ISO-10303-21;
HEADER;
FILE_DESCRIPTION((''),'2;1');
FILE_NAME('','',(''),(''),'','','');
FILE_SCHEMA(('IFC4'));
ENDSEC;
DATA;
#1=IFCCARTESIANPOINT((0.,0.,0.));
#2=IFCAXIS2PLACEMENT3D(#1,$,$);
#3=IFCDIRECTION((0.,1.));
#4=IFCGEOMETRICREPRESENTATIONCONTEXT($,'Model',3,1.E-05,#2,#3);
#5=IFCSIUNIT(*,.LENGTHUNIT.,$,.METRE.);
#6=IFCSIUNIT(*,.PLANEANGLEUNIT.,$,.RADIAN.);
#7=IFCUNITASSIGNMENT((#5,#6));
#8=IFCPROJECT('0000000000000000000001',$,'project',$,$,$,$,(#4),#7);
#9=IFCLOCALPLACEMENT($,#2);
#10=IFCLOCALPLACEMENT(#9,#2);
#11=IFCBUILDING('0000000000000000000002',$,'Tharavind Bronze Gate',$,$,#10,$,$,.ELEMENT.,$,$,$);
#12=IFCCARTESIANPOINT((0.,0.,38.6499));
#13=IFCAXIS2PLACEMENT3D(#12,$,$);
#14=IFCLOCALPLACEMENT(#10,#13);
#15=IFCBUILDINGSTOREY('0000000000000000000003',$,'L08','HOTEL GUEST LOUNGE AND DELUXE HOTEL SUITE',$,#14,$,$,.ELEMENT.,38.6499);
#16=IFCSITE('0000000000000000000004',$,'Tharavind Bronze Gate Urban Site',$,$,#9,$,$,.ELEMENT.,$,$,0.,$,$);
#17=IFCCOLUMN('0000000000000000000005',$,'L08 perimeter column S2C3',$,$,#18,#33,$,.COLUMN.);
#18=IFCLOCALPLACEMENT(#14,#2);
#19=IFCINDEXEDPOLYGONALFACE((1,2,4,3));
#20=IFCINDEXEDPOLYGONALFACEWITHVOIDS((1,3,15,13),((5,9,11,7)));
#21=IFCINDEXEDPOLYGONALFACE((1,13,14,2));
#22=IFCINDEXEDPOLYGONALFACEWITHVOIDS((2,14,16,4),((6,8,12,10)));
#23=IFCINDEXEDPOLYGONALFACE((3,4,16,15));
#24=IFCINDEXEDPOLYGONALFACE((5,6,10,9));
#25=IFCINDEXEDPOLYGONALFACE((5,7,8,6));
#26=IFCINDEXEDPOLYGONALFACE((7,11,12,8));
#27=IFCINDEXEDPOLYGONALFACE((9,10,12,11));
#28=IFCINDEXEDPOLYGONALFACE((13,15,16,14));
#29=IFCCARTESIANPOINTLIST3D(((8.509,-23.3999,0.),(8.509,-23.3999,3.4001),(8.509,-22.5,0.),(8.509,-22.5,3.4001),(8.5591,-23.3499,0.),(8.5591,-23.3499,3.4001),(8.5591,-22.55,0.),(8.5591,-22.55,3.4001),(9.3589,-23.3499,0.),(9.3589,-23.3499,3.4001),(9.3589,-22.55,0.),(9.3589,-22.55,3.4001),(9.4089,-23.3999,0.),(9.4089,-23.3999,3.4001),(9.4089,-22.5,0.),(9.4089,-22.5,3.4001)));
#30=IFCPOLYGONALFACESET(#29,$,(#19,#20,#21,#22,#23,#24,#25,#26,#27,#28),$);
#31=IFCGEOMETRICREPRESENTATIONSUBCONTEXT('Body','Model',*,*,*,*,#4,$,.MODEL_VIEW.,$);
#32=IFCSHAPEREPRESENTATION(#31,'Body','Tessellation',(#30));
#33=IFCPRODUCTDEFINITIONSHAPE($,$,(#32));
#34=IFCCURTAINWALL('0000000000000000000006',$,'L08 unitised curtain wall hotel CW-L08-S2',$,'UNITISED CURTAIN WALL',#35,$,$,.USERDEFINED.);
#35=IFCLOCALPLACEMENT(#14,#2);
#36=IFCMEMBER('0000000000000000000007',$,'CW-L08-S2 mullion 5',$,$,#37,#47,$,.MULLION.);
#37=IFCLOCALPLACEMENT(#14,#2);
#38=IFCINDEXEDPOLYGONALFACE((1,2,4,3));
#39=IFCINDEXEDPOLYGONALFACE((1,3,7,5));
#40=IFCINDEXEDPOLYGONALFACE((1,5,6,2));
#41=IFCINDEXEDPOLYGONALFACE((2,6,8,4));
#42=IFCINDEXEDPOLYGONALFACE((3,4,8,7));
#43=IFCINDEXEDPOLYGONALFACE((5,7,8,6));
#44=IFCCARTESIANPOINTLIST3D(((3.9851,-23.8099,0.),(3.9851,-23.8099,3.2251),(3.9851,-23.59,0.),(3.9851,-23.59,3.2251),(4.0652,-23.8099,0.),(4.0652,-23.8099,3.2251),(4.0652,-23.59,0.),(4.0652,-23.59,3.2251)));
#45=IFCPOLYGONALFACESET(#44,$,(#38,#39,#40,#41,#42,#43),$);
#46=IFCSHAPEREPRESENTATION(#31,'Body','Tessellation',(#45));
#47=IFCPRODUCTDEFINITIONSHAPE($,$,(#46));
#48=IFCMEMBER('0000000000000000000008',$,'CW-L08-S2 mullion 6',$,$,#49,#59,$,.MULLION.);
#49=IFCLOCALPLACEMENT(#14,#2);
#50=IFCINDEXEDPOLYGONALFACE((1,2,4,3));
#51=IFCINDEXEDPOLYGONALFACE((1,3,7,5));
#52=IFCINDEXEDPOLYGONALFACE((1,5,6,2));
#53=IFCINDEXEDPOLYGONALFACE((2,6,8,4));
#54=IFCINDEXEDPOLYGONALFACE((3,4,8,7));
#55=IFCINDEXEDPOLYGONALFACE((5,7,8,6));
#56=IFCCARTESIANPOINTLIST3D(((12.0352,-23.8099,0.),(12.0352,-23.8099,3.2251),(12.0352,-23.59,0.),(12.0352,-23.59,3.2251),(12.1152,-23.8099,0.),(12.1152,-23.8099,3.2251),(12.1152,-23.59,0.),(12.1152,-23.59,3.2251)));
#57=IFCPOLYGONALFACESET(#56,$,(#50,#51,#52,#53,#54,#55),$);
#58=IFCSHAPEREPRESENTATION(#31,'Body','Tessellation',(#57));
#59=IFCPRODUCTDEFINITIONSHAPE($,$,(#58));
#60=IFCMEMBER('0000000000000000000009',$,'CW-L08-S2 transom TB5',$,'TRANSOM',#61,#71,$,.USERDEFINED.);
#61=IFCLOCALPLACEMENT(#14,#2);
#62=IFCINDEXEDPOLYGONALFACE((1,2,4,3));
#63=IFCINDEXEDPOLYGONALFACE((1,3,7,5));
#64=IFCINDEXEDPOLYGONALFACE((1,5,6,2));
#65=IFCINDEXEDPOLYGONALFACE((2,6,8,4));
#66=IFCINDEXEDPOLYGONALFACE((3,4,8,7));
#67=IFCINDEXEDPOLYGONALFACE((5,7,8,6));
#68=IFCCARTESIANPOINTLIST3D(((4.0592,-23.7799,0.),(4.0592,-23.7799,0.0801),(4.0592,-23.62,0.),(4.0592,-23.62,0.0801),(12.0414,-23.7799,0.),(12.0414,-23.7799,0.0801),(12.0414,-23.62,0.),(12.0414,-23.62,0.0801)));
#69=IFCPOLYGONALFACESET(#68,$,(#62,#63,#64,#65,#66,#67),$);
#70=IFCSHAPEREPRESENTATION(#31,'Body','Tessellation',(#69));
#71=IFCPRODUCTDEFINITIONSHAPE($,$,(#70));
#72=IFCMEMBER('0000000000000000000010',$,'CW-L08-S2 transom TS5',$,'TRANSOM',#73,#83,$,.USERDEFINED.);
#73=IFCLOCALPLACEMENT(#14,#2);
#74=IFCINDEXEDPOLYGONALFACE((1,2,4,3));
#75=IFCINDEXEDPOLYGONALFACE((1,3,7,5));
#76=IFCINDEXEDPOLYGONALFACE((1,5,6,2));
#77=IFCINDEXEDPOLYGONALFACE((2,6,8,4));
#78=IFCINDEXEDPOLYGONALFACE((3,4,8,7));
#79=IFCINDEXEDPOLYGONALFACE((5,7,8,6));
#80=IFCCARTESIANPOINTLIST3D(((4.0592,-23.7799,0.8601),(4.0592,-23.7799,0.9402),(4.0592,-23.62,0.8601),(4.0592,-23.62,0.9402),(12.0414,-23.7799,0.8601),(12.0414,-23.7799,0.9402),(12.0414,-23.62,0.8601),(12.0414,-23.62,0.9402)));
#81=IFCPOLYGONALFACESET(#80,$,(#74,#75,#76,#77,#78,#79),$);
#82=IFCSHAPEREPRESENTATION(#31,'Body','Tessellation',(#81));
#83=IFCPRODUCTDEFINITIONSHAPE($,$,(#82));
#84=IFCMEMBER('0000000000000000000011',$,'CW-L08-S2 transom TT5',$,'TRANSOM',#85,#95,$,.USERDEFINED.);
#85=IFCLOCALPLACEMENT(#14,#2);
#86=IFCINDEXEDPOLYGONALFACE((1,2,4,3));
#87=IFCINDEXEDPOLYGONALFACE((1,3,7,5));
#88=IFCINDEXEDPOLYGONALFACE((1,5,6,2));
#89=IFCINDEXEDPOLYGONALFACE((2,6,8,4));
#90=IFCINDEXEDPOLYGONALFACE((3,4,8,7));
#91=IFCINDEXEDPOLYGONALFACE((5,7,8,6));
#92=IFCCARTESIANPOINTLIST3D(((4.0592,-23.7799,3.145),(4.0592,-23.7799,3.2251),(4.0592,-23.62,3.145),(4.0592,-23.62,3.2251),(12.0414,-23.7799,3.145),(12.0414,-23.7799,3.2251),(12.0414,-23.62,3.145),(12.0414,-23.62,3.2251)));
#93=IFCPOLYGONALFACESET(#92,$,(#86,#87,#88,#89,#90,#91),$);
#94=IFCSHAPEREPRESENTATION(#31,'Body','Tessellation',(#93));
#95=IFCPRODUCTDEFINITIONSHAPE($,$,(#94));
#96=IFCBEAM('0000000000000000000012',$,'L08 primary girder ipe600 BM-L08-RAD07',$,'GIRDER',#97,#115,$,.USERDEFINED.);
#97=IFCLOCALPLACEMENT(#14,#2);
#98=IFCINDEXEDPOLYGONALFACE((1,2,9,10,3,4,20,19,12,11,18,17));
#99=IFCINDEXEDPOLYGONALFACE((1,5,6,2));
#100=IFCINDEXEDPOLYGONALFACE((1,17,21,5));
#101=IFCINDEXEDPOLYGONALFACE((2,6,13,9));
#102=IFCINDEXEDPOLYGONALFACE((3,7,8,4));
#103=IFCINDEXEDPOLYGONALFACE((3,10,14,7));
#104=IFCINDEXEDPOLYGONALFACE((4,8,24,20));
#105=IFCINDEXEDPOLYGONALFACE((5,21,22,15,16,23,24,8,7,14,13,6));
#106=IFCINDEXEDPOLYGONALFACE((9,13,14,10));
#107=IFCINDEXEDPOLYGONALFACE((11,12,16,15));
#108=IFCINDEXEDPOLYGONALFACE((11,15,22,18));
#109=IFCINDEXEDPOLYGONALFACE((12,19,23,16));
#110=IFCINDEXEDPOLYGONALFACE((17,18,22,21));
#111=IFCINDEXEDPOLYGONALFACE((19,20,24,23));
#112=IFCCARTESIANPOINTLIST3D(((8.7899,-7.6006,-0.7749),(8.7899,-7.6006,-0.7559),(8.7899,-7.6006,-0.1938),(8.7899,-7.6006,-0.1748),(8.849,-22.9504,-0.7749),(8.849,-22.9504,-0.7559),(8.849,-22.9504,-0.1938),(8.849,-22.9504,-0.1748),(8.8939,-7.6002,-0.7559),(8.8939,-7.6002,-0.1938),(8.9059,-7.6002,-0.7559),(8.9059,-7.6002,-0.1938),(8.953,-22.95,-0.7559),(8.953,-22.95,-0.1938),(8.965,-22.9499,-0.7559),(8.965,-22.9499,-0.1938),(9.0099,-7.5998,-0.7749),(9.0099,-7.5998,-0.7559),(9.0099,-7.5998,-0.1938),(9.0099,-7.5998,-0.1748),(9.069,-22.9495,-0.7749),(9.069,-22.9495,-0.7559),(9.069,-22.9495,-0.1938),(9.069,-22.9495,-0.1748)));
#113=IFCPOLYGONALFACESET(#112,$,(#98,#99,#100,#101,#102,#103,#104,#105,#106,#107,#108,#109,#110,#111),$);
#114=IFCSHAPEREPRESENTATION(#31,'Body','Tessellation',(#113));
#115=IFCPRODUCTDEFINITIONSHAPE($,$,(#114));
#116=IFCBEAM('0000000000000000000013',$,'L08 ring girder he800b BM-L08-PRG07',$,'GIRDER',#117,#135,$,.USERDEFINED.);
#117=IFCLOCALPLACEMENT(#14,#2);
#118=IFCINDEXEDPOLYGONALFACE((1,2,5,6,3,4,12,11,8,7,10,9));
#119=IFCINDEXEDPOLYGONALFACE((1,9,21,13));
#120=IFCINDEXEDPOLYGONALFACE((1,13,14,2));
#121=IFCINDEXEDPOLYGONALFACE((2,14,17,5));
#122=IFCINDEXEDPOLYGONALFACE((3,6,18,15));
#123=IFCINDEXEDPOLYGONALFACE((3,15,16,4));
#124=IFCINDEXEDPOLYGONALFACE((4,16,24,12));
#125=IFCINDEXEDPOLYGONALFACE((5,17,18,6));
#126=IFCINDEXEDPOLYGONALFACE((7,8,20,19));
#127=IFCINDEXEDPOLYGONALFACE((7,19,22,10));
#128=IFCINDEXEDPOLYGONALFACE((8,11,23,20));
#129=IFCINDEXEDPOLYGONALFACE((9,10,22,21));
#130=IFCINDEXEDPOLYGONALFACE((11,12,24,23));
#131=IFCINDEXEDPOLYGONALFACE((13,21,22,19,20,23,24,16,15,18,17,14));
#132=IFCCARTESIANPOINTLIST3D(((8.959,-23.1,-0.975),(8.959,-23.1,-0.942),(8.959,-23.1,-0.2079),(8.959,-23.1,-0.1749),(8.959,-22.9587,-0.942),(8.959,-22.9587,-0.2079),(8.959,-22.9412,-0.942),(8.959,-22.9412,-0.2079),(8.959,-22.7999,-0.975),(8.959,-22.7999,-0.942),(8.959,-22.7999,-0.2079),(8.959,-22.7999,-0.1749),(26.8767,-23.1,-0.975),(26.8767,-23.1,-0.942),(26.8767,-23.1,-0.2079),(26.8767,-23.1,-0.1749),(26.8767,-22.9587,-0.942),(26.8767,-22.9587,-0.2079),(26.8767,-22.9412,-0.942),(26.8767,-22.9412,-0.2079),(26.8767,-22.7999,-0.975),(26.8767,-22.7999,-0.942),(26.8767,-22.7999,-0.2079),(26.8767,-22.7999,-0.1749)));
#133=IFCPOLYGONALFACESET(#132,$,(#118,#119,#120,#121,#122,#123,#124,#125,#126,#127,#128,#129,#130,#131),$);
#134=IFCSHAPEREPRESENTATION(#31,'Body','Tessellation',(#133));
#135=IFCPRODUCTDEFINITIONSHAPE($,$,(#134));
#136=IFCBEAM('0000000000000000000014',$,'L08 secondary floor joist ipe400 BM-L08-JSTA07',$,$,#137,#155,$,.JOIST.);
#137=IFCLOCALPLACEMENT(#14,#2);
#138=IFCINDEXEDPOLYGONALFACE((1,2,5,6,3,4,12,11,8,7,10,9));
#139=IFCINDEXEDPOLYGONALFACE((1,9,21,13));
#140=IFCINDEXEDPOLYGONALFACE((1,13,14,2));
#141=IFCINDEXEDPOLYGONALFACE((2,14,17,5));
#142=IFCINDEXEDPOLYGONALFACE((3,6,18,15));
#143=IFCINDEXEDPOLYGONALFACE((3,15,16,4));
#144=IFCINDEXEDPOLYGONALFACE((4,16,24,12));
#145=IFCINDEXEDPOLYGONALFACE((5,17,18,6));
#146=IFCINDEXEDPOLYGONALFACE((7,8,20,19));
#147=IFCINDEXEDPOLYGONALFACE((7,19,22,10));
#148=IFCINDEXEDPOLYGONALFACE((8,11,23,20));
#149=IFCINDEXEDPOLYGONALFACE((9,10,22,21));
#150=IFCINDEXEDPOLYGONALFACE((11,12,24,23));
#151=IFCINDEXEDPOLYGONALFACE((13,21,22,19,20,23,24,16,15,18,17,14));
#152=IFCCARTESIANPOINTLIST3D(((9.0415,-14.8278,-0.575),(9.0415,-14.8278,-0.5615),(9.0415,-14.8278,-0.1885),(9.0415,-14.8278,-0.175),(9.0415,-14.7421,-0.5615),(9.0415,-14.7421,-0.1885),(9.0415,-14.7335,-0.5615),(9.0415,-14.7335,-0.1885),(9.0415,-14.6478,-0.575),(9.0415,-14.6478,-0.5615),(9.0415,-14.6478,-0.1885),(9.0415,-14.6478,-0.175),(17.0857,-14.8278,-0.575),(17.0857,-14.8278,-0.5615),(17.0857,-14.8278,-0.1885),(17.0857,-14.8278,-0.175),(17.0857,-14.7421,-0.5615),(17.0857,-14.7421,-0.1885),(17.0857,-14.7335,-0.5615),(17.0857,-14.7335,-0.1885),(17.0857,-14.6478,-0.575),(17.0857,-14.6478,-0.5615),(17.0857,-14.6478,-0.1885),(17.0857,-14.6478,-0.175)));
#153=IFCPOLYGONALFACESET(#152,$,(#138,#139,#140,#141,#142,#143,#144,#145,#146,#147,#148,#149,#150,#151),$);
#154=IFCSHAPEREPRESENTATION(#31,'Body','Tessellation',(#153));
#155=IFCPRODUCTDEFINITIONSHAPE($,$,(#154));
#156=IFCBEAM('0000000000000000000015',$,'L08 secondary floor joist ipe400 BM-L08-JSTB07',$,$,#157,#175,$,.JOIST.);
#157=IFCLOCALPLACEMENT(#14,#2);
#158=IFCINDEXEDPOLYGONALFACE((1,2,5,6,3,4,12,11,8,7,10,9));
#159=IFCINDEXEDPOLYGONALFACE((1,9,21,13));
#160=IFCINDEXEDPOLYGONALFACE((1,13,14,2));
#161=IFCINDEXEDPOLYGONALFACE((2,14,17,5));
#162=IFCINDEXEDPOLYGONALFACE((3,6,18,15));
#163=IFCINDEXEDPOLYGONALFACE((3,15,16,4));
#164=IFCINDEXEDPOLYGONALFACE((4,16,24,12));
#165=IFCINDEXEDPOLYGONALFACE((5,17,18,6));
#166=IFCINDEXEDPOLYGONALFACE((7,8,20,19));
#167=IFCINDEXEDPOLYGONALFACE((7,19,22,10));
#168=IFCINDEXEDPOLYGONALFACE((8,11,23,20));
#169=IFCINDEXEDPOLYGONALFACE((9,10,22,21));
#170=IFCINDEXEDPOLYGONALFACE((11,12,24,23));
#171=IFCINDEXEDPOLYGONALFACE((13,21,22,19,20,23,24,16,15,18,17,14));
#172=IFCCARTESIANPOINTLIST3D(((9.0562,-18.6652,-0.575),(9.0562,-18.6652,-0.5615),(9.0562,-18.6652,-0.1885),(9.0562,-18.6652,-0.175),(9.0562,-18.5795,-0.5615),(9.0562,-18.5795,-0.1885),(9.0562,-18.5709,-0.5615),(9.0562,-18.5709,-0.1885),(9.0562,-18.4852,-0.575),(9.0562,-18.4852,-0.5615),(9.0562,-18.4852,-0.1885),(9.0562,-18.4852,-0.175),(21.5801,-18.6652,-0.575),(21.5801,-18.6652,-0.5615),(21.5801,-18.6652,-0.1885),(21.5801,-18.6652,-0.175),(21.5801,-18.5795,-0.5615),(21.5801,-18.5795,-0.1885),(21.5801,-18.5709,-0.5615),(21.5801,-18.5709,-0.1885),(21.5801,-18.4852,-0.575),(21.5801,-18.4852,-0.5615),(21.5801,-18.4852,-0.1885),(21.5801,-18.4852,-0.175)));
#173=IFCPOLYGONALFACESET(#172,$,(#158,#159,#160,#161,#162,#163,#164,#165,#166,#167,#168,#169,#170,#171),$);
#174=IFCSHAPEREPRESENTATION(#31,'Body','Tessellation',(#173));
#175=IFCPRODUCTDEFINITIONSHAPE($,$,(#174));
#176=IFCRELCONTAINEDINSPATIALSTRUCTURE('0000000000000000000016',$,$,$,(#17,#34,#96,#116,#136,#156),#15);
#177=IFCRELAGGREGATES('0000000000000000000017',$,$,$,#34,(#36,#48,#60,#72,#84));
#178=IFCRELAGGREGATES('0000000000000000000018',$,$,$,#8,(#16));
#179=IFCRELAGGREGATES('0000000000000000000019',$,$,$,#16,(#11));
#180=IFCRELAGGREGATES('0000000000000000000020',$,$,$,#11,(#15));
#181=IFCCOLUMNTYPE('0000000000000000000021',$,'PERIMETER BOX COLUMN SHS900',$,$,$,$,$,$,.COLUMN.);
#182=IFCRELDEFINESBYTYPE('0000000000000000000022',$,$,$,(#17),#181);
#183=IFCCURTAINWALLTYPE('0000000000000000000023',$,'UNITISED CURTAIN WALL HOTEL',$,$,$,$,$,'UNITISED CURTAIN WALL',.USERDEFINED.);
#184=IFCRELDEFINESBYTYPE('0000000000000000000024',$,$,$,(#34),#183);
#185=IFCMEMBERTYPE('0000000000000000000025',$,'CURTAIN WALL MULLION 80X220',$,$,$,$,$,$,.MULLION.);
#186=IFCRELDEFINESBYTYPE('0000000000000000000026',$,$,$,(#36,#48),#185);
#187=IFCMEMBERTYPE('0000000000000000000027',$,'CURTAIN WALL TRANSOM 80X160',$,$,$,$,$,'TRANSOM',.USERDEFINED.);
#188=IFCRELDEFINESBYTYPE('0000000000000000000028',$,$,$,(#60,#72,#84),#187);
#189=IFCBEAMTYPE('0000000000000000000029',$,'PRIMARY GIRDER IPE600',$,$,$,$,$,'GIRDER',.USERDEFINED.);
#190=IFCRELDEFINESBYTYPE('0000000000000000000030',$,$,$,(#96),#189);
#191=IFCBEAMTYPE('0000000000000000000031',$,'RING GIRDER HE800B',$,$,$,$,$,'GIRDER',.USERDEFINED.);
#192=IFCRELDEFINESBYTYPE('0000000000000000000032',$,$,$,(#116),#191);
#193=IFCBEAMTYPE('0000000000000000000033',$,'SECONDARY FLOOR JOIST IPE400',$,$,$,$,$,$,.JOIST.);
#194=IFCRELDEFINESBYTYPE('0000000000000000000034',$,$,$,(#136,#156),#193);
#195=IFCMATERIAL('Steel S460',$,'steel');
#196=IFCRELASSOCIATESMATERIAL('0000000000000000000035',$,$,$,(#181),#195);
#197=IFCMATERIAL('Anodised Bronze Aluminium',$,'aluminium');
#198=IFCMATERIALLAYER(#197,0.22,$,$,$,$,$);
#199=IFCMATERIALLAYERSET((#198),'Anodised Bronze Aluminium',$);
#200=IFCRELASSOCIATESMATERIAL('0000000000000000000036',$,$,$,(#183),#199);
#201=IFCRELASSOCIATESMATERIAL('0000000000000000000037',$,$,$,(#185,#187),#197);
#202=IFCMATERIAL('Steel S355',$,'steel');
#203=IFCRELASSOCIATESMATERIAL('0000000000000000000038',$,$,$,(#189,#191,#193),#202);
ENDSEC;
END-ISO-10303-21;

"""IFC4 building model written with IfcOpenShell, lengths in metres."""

from ifc_helpers import new_model, si_unit, direction, frame, origin, origin_2d, place, context, subcontext, project, spatial, rectangle, hollow_rectangle, i_section, extrude, material, layer, layer_set, material_profile, profile_set, type_object, element, aggregate, save


model = new_model("IFC4")

# Units and contexts
model_context = context("Model", 3, precision=1e-05, world=origin(), true_north=direction((0.0, 1.0)))
body_context = subcontext(model_context, "Body", "Model", "MODEL_VIEW")
ifc_project = project(units=[si_unit("LENGTHUNIT", "METRE"), si_unit("PLANEANGLEUNIT", "RADIAN")], contexts=[model_context])

# Site, building, storey
site_placement = place(None, origin())
site = spatial("IfcSite", under=ifc_project, at=site_placement, Name="Tharavind Bronze Gate Urban Site", CompositionType="ELEMENT", RefElevation=0.0)
building_placement = place(site_placement, origin())
building = spatial("IfcBuilding", under=site, at=building_placement, Name="Tharavind Bronze Gate", CompositionType="ELEMENT")
storey_placement = place(building_placement, frame((0.0, 0.0, 38.6499)))
storey = spatial("IfcBuildingStorey", under=building, at=storey_placement, Name="L08", Description="HOTEL GUEST LOUNGE AND DELUXE HOTEL SUITE", CompositionType="ELEMENT", Elevation=38.6499)

# Column
ifc_material_1 = material(Name="Steel S460", Category="steel")
ifc_material_profile_1 = material_profile(ifc_material_1, hollow_rectangle(XDim=0.8999, YDim=0.8999, WallThickness=0.05, at=origin_2d()), Name="SHS900X50")
ifc_profile_set_1 = profile_set([ifc_material_profile_1], Name="Steel S460")
column_type = type_object("IfcColumnType", Name="PERIMETER BOX COLUMN SHS900", PredefinedType="COLUMN", material=ifc_profile_set_1)
column_placement = place(storey_placement, frame((8.959, -22.95, 0.0), z_axis=(0.0, 0.0, 1.0), x_axis=(1.0, 0.0, 0.0)))
element("IfcColumn", 1, at=column_placement, inside=storey, type_object=column_type, Name="L08 perimeter column S2C3", PredefinedType="COLUMN", context=body_context, shape_type="SweptSolid", body=[
    extrude(hollow_rectangle(XDim=0.8999, YDim=0.8999, WallThickness=0.05, at=origin_2d()), origin(), (0.0, 0.0, 1.0), 3.4001),
])

# Curtain wall, members
ifc_material_2 = material(Name="Anodised Bronze Aluminium", Category="aluminium")
ifc_layer_1 = layer(ifc_material_2, 0.22)
ifc_layer_set_1 = layer_set([ifc_layer_1], Name="Anodised Bronze Aluminium")
curtain_wall_type = type_object("IfcCurtainWallType", Name="UNITISED CURTAIN WALL HOTEL", ElementType="UNITISED CURTAIN WALL", PredefinedType="USERDEFINED", material=ifc_layer_set_1)
curtain_wall_placement = place(storey_placement, origin())
curtain_wall = element("IfcCurtainWall", 2, at=curtain_wall_placement, inside=storey, type_object=curtain_wall_type, Name="L08 unitised curtain wall hotel CW-L08-S2", ObjectType="UNITISED CURTAIN WALL", PredefinedType="USERDEFINED")
member_type_1 = type_object("IfcMemberType", Name="CURTAIN WALL MULLION 80X220", PredefinedType="MULLION", material=ifc_material_2)
member_1_placement = place(storey_placement, frame((4.0251, -23.7, 0.0), z_axis=(0.0, 0.0, 1.0), x_axis=(1.0, 0.0, 0.0)))
member_1 = element("IfcMember", 3, at=member_1_placement, type_object=member_type_1, Name="CW-L08-S2 mullion 5", PredefinedType="MULLION", context=body_context, shape_type="SweptSolid", body=[
    extrude(rectangle(XDim=0.0801, YDim=0.22, at=origin_2d()), origin(), (0.0, 0.0, 1.0), 3.2251),
])
member_2_placement = place(storey_placement, frame((12.0752, -23.7, 0.0), z_axis=(0.0, 0.0, 1.0), x_axis=(1.0, 0.0, 0.0)))
member_2 = element("IfcMember", 4, at=member_2_placement, type_object=member_type_1, Name="CW-L08-S2 mullion 6", PredefinedType="MULLION", context=body_context, shape_type="SweptSolid", body=[
    extrude(rectangle(XDim=0.0801, YDim=0.22, at=origin_2d()), origin(), (0.0, 0.0, 1.0), 3.2251),
])
member_type_2 = type_object("IfcMemberType", Name="CURTAIN WALL TRANSOM 80X160", ElementType="TRANSOM", PredefinedType="USERDEFINED", material=ifc_material_2)
member_3_placement = place(storey_placement, frame((8.0503, -23.7, 0.0), z_axis=(0.0, 0.0, 1.0), x_axis=(1.0, 0.0, 0.0)))
member_3 = element("IfcMember", 5, at=member_3_placement, type_object=member_type_2, Name="CW-L08-S2 transom TB5", ObjectType="TRANSOM", PredefinedType="USERDEFINED", context=body_context, shape_type="SweptSolid", body=[
    extrude(rectangle(XDim=7.9822, YDim=0.1599, at=origin_2d()), origin(), (0.0, 0.0, 1.0), 0.0801),
])
member_4_placement = place(storey_placement, frame((8.0503, -23.7, 0.8601), z_axis=(0.0, 0.0, 1.0), x_axis=(1.0, 0.0, 0.0)))
member_4 = element("IfcMember", 6, at=member_4_placement, type_object=member_type_2, Name="CW-L08-S2 transom TS5", ObjectType="TRANSOM", PredefinedType="USERDEFINED", context=body_context, shape_type="SweptSolid", body=[
    extrude(rectangle(XDim=7.9822, YDim=0.1599, at=origin_2d()), origin(), (0.0, 0.0, 1.0), 0.0801),
])
member_5_placement = place(storey_placement, frame((8.0503, -23.7, 3.145), z_axis=(0.0, 0.0, 1.0), x_axis=(1.0, 0.0, 0.0)))
member_5 = element("IfcMember", 7, at=member_5_placement, type_object=member_type_2, Name="CW-L08-S2 transom TT5", ObjectType="TRANSOM", PredefinedType="USERDEFINED", context=body_context, shape_type="SweptSolid", body=[
    extrude(rectangle(XDim=7.9822, YDim=0.1599, at=origin_2d()), origin(), (0.0, 0.0, 1.0), 0.0801),
])

# Beams
ifc_material_3 = material(Name="Steel S355", Category="steel")
ifc_material_profile_2 = material_profile(ifc_material_3, i_section(OverallWidth=0.22, OverallDepth=0.6001, WebThickness=0.012, FlangeThickness=0.019, at=origin_2d()), Name="IPE600")
ifc_profile_set_2 = profile_set([ifc_material_profile_2], Name="Steel S355")
beam_type_1 = type_object("IfcBeamType", Name="PRIMARY GIRDER IPE600", ElementType="GIRDER", PredefinedType="USERDEFINED", material=ifc_profile_set_2)
beam_1_placement = place(storey_placement, frame((8.959, -22.95, -0.4749), z_axis=(-0.003849, 0.999993, 0.0), x_axis=(-0.999993, -0.003849, 0.0)))
element("IfcBeam", 8, at=beam_1_placement, inside=storey, type_object=beam_type_1, Name="L08 primary girder ipe600 BM-L08-RAD07", ObjectType="GIRDER", PredefinedType="USERDEFINED", context=body_context, shape_type="SweptSolid", body=[
    extrude(i_section(OverallWidth=0.22, OverallDepth=0.6001, WebThickness=0.012, FlangeThickness=0.019, at=origin_2d()), origin(), (0.0, 0.0, 1.0), 15.3499),
])
ifc_material_profile_3 = material_profile(ifc_material_3, i_section(OverallWidth=0.3, OverallDepth=0.8, WebThickness=0.0176, FlangeThickness=0.033, at=origin_2d()), Name="HE800B")
ifc_profile_set_3 = profile_set([ifc_material_profile_3], Name="Steel S355")
beam_type_2 = type_object("IfcBeamType", Name="RING GIRDER HE800B", ElementType="GIRDER", PredefinedType="USERDEFINED", material=ifc_profile_set_3)
beam_2_placement = place(storey_placement, frame((8.959, -22.95, -0.575), z_axis=(1.0, 0.0, 0.0), x_axis=(0.0, 1.0, 0.0)))
element("IfcBeam", 9, at=beam_2_placement, inside=storey, type_object=beam_type_2, Name="L08 ring girder he800b BM-L08-PRG07", ObjectType="GIRDER", PredefinedType="USERDEFINED", context=body_context, shape_type="SweptSolid", body=[
    extrude(i_section(OverallWidth=0.3, OverallDepth=0.8, WebThickness=0.0176, FlangeThickness=0.033, at=origin_2d()), origin(), (0.0, 0.0, 1.0), 17.9177),
])
ifc_material_profile_4 = material_profile(ifc_material_3, i_section(OverallWidth=0.1799, OverallDepth=0.3999, WebThickness=0.0085, FlangeThickness=0.0134, at=origin_2d()), Name="IPE400")
ifc_profile_set_4 = profile_set([ifc_material_profile_4], Name="Steel S355")
beam_type_3 = type_object("IfcBeamType", Name="SECONDARY FLOOR JOIST IPE400", PredefinedType="JOIST", material=ifc_profile_set_4)
beam_3_placement = place(storey_placement, frame((9.0415, -14.7378, -0.375), z_axis=(1.0, 0.0, 0.0), x_axis=(0.0, 1.0, 0.0)))
element("IfcBeam", 10, at=beam_3_placement, inside=storey, type_object=beam_type_3, Name="L08 secondary floor joist ipe400 BM-L08-JSTA07", PredefinedType="JOIST", context=body_context, shape_type="SweptSolid", body=[
    extrude(i_section(OverallWidth=0.1799, OverallDepth=0.3999, WebThickness=0.0085, FlangeThickness=0.0134, at=origin_2d()), origin(), (0.0, 0.0, 1.0), 8.0442),
])
beam_4_placement = place(storey_placement, frame((9.0562, -18.5752, -0.375), z_axis=(1.0, 0.0, 0.0), x_axis=(0.0, 1.0, 0.0)))
element("IfcBeam", 11, at=beam_4_placement, inside=storey, type_object=beam_type_3, Name="L08 secondary floor joist ipe400 BM-L08-JSTB07", PredefinedType="JOIST", context=body_context, shape_type="SweptSolid", body=[
    extrude(i_section(OverallWidth=0.1799, OverallDepth=0.3999, WebThickness=0.0085, FlangeThickness=0.0134, at=origin_2d()), origin(), (0.0, 0.0, 1.0), 12.5239),
])

aggregate(curtain_wall, [member_1, member_2, member_3, member_4, member_5])

save(model, "model.ifc")
